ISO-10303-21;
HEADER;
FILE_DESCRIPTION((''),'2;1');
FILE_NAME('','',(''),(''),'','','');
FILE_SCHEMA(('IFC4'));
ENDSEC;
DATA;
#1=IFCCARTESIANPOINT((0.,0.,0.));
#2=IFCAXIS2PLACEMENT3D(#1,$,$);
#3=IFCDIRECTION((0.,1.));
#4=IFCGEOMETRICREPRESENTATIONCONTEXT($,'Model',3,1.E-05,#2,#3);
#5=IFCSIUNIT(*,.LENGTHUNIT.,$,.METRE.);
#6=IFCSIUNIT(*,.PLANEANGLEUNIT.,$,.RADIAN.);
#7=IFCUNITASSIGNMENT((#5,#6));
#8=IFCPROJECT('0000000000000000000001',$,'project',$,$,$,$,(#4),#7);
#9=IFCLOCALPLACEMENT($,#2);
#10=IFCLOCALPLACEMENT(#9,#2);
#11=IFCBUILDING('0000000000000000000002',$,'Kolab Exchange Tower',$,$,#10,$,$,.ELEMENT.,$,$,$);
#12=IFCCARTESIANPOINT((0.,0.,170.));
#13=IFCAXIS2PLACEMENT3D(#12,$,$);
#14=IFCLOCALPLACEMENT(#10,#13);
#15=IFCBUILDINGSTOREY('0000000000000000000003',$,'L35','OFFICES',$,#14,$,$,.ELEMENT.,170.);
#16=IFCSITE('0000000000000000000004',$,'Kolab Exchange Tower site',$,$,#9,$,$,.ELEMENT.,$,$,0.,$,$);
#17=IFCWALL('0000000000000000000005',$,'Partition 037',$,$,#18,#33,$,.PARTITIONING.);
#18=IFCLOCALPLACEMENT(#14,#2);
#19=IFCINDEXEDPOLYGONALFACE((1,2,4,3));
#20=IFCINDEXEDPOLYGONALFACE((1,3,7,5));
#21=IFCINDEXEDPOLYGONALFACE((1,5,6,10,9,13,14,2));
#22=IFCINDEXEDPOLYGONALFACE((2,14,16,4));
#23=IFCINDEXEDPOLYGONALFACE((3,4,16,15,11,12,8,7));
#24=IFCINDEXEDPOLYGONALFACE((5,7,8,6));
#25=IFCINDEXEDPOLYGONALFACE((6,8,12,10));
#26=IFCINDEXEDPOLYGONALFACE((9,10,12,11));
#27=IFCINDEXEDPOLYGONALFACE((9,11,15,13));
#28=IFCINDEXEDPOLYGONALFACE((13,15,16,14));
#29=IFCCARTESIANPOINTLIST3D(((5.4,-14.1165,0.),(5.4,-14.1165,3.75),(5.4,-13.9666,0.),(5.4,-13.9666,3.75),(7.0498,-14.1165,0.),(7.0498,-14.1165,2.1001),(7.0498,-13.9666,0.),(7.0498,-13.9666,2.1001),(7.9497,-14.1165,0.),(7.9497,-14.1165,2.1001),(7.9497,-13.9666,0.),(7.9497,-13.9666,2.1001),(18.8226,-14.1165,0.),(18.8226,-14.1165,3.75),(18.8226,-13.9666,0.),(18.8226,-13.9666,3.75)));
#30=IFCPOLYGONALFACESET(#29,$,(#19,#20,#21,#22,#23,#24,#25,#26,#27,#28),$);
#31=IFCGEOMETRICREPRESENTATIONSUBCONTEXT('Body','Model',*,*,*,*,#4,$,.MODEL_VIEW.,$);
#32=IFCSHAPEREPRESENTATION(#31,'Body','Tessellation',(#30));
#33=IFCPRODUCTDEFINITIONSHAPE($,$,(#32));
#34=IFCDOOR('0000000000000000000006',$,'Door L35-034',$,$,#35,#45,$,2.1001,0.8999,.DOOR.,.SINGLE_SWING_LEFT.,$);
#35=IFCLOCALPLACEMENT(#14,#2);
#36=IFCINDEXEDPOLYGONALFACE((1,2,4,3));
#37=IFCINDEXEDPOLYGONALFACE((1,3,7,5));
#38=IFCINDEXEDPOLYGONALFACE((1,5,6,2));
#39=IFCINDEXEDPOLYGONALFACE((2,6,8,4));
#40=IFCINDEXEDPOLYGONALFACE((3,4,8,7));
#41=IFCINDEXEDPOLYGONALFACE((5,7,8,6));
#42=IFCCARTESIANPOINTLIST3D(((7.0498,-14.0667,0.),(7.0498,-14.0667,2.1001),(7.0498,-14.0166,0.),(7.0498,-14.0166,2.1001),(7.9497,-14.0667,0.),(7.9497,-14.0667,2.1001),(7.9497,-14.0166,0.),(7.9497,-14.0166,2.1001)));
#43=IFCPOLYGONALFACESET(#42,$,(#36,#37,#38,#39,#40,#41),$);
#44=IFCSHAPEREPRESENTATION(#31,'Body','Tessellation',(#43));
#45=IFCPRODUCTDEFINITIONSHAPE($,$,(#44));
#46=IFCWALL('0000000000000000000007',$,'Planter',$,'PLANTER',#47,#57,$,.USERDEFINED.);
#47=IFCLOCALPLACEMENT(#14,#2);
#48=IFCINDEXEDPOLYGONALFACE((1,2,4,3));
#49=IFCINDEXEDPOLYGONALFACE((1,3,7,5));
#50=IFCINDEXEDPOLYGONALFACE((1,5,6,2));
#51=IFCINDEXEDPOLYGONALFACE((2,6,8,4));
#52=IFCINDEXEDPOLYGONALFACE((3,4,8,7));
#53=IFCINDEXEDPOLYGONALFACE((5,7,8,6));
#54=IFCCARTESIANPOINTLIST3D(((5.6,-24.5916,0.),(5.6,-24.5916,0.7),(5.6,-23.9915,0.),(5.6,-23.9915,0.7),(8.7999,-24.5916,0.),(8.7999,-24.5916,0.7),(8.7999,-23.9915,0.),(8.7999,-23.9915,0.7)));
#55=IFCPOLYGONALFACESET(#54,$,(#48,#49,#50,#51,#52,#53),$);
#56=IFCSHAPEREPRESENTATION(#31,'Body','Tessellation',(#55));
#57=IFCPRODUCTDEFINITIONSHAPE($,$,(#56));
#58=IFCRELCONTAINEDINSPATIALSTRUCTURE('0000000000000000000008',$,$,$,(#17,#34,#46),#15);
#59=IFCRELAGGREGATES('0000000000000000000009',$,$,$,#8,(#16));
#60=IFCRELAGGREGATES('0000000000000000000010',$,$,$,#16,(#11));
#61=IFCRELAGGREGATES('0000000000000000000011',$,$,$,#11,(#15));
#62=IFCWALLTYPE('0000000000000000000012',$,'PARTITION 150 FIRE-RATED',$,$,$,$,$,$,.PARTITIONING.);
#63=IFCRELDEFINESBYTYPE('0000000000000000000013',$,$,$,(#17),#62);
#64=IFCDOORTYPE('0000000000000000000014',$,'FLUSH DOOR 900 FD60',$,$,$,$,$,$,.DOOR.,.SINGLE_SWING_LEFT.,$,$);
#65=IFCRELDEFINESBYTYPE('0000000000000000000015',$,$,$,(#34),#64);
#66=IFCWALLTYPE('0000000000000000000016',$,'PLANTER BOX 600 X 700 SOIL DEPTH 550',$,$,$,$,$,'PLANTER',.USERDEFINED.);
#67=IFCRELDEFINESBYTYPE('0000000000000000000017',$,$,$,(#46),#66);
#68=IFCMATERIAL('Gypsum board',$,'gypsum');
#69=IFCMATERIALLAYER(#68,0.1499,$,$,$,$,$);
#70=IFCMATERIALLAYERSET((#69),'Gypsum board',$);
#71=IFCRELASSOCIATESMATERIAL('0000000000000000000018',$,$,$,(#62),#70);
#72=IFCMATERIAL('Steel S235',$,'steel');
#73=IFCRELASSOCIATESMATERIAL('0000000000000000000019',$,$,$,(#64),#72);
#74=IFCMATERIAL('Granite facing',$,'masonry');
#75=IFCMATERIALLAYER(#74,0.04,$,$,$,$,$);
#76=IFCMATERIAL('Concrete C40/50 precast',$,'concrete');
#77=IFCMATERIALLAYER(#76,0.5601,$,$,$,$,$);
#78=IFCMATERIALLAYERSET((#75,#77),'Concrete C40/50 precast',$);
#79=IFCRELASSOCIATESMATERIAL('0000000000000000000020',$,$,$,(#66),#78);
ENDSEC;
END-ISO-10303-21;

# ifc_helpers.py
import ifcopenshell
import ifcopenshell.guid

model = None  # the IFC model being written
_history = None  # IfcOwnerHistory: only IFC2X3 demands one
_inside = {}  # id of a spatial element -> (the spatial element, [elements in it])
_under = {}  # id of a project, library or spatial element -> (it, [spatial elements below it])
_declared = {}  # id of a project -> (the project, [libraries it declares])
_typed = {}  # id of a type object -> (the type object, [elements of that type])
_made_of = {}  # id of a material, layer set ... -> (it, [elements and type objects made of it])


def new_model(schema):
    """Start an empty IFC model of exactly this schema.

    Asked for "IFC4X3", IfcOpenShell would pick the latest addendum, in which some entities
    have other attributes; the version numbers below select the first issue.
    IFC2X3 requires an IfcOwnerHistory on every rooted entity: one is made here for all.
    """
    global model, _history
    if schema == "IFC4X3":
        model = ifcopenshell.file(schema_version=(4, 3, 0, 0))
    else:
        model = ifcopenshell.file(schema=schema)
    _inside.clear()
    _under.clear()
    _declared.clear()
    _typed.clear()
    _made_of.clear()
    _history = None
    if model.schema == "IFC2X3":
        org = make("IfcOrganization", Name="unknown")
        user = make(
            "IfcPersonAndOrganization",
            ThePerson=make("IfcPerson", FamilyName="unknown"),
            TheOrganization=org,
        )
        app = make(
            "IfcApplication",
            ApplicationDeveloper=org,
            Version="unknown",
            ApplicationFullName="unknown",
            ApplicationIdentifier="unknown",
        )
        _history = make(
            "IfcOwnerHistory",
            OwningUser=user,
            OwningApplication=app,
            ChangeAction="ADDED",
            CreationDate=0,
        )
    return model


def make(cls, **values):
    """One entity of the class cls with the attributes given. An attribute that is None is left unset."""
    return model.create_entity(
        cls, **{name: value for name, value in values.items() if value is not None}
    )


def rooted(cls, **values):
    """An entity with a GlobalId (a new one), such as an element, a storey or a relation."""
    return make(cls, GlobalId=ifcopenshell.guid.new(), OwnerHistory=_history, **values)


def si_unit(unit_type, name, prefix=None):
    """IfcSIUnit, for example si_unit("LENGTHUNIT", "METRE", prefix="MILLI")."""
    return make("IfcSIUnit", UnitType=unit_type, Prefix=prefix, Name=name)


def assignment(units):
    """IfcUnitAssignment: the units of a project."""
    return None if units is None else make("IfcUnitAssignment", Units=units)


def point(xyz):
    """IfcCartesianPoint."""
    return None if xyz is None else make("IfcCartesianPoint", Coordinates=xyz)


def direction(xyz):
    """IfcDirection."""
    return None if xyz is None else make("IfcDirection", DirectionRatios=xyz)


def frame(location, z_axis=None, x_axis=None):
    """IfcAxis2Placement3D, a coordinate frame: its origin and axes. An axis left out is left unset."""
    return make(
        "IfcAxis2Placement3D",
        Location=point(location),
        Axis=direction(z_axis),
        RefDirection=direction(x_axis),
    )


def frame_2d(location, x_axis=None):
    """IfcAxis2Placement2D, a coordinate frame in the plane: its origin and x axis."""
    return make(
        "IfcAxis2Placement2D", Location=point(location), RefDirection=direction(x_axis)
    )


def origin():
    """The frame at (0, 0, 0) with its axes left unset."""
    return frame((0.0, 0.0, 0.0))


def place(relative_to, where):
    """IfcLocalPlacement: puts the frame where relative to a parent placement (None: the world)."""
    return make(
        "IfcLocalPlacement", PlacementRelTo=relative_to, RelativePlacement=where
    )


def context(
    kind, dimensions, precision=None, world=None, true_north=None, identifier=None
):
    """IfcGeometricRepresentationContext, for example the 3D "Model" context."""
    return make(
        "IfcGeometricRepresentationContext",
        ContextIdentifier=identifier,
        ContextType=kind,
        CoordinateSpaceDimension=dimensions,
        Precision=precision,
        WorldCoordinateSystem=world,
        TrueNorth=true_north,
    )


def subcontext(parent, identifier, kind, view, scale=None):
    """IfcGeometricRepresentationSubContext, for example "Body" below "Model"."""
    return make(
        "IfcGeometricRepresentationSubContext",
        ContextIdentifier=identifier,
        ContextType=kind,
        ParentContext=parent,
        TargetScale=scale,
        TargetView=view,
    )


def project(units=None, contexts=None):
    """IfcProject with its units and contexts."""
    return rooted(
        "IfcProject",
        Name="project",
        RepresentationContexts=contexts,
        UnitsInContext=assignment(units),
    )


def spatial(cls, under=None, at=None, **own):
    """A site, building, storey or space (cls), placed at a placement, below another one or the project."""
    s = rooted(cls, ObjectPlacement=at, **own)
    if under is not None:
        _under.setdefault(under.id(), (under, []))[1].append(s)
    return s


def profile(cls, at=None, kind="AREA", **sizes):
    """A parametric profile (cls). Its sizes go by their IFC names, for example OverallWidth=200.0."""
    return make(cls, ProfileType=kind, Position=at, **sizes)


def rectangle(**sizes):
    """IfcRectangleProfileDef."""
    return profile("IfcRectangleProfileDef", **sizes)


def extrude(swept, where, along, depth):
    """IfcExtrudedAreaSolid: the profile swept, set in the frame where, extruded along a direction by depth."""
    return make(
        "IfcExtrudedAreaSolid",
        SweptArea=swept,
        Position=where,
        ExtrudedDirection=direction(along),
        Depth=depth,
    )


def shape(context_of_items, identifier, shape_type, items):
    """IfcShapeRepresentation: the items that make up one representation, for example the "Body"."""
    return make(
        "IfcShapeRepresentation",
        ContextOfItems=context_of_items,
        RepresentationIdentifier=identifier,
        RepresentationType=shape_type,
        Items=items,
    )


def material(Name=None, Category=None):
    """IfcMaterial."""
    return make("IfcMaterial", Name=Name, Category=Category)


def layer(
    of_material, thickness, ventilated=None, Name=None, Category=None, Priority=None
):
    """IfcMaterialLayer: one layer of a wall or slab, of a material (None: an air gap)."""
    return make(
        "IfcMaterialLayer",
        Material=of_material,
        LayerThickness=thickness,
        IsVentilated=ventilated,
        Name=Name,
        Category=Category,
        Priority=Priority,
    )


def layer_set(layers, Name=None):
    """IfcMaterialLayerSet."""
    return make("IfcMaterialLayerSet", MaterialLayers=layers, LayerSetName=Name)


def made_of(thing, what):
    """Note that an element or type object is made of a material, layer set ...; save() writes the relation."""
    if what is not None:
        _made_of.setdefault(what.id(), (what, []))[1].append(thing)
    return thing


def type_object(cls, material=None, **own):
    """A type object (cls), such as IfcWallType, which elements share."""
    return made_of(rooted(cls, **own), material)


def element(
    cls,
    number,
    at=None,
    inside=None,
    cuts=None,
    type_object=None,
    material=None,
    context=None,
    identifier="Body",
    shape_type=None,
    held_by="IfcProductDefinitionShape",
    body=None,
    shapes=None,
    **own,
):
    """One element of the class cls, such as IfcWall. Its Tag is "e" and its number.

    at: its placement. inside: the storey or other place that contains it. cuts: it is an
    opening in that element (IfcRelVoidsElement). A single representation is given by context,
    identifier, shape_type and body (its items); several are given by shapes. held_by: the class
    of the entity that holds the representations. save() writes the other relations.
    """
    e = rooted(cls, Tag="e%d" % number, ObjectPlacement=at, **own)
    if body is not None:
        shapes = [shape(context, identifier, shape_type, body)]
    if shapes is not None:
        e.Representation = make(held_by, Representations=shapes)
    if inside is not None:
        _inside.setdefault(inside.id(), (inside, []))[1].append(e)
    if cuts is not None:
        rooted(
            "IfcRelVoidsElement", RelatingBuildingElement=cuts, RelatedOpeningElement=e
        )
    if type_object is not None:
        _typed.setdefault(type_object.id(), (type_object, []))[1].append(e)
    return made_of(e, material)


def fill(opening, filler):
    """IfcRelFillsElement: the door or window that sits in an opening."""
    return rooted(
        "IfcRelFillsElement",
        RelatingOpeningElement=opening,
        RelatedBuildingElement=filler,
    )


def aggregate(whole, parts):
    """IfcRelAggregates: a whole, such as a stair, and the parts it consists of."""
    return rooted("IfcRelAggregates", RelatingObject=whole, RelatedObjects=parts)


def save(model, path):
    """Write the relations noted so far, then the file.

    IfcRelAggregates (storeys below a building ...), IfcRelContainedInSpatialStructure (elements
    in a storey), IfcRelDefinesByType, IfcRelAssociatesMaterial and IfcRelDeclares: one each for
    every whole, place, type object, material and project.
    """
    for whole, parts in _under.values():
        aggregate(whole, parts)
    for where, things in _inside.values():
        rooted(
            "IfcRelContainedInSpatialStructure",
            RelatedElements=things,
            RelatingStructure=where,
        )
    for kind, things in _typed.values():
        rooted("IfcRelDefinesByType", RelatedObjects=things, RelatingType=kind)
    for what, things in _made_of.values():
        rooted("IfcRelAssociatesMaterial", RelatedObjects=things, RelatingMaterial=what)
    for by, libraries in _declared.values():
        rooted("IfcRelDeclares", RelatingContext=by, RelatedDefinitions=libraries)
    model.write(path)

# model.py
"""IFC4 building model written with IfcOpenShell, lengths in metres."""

from ifc_helpers import new_model, si_unit, direction, frame, frame_2d, origin, place, context, subcontext, project, spatial, rectangle, extrude, material, layer, layer_set, type_object, element, fill, save


model = new_model("IFC4")

# Units and contexts
model_context = context("Model", 3, precision=1e-05, world=origin(), true_north=direction((0.0, 1.0)))
body_context = subcontext(model_context, "Body", "Model", "MODEL_VIEW")
ifc_project = project(units=[si_unit("LENGTHUNIT", "METRE"), si_unit("PLANEANGLEUNIT", "RADIAN")], contexts=[model_context])

# Site, building, storey
site_placement = place(None, origin())
site = spatial("IfcSite", under=ifc_project, at=site_placement, Name="Kolab Exchange Tower site", CompositionType="ELEMENT", RefElevation=0.0)
building_placement = place(site_placement, origin())
building = spatial("IfcBuilding", under=site, at=building_placement, Name="Kolab Exchange Tower", CompositionType="ELEMENT")
storey_placement = place(building_placement, frame((0.0, 0.0, 170.0)))
storey = spatial("IfcBuildingStorey", under=building, at=storey_placement, Name="L35", Description="OFFICES", CompositionType="ELEMENT", Elevation=170.0)

# Shared definitions
ifc_material_1 = material(Name="Gypsum board", Category="gypsum")
ifc_layer_1 = layer(ifc_material_1, 0.1499)
ifc_layer_set_1 = layer_set([ifc_layer_1], Name="Gypsum board")
wall_type_1 = type_object("IfcWallType", Name="PARTITION 150 FIRE-RATED", PredefinedType="PARTITIONING", material=ifc_layer_set_1)

# Wall, opening, door
ifc_material_2 = material(Name="Steel S235", Category="steel")
wall_1_placement = place(storey_placement, frame((5.3999, -14.0415, 0.0), z_axis=(0.0, 0.0, 1.0), x_axis=(1.0, 0.0, 0.0)))
wall_1 = element("IfcWall", 1, at=wall_1_placement, inside=storey, type_object=wall_type_1, Name="Partition 037", PredefinedType="PARTITIONING", context=body_context, shape_type="SweptSolid", body=[
    extrude(rectangle(XDim=13.4226, YDim=0.1499, at=frame_2d((6.7114, 0.0))), origin(), (0.0, 0.0, 1.0), 3.75),
])
opening_1_placement = place(wall_1_placement, frame((1.6499, 0.0, 0.0)))
opening_1 = element("IfcOpeningElement", 2, at=opening_1_placement, cuts=wall_1, PredefinedType="OPENING", context=body_context, shape_type="SweptSolid", body=[
    extrude(rectangle(XDim=0.8999, YDim=2.1001, at=frame_2d((0.45, 1.05))), frame((0.0, 0.085, 0.0), z_axis=(0.0, -1.0, 0.0), x_axis=(1.0, 0.0, 0.0)), (0.0, 0.0, 1.0), 0.1699),
])
door_type_1 = type_object("IfcDoorType", Name="FLUSH DOOR 900 FD60", OperationType="SINGLE_SWING_LEFT", PredefinedType="DOOR", material=ifc_material_2)
door_1_placement = place(opening_1_placement, origin())
door_1 = element("IfcDoor", 3, at=door_1_placement, inside=storey, type_object=door_type_1, Name="Door L35-034", OperationType="SINGLE_SWING_LEFT", OverallHeight=2.1001, OverallWidth=0.8999, PredefinedType="DOOR", context=body_context, shape_type="SweptSolid", body=[
    extrude(rectangle(XDim=0.8999, YDim=2.1001, at=frame_2d((0.45, 1.05))), frame((0.0, 0.0249, 0.0), z_axis=(0.0, -1.0, 0.0), x_axis=(1.0, 0.0, 0.0)), (0.0, 0.0, 1.0), 0.05),
])
fill(opening_1, door_1)

# Wall
ifc_material_3 = material(Name="Granite facing", Category="masonry")
ifc_layer_2 = layer(ifc_material_3, 0.04)
ifc_material_4 = material(Name="Concrete C40/50 precast", Category="concrete")
ifc_layer_3 = layer(ifc_material_4, 0.5601)
ifc_layer_set_2 = layer_set([ifc_layer_2, ifc_layer_3], Name="Concrete C40/50 precast")
wall_type_2 = type_object("IfcWallType", Name="PLANTER BOX 600 X 700 SOIL DEPTH 550", ElementType="PLANTER", PredefinedType="USERDEFINED", material=ifc_layer_set_2)
wall_2_placement = place(storey_placement, frame((8.8, -24.2915, 0.0), z_axis=(0.0, 0.0, 1.0), x_axis=(-1.0, 0.0, 0.0)))
element("IfcWall", 4, at=wall_2_placement, inside=storey, type_object=wall_type_2, Name="Planter", ObjectType="PLANTER", PredefinedType="USERDEFINED", context=body_context, shape_type="SweptSolid", body=[
    extrude(rectangle(XDim=3.2, YDim=0.6001, at=frame_2d((1.6001, 0.0))), origin(), (0.0, 0.0, 1.0), 0.7),
])

save(model, "model.ifc")
